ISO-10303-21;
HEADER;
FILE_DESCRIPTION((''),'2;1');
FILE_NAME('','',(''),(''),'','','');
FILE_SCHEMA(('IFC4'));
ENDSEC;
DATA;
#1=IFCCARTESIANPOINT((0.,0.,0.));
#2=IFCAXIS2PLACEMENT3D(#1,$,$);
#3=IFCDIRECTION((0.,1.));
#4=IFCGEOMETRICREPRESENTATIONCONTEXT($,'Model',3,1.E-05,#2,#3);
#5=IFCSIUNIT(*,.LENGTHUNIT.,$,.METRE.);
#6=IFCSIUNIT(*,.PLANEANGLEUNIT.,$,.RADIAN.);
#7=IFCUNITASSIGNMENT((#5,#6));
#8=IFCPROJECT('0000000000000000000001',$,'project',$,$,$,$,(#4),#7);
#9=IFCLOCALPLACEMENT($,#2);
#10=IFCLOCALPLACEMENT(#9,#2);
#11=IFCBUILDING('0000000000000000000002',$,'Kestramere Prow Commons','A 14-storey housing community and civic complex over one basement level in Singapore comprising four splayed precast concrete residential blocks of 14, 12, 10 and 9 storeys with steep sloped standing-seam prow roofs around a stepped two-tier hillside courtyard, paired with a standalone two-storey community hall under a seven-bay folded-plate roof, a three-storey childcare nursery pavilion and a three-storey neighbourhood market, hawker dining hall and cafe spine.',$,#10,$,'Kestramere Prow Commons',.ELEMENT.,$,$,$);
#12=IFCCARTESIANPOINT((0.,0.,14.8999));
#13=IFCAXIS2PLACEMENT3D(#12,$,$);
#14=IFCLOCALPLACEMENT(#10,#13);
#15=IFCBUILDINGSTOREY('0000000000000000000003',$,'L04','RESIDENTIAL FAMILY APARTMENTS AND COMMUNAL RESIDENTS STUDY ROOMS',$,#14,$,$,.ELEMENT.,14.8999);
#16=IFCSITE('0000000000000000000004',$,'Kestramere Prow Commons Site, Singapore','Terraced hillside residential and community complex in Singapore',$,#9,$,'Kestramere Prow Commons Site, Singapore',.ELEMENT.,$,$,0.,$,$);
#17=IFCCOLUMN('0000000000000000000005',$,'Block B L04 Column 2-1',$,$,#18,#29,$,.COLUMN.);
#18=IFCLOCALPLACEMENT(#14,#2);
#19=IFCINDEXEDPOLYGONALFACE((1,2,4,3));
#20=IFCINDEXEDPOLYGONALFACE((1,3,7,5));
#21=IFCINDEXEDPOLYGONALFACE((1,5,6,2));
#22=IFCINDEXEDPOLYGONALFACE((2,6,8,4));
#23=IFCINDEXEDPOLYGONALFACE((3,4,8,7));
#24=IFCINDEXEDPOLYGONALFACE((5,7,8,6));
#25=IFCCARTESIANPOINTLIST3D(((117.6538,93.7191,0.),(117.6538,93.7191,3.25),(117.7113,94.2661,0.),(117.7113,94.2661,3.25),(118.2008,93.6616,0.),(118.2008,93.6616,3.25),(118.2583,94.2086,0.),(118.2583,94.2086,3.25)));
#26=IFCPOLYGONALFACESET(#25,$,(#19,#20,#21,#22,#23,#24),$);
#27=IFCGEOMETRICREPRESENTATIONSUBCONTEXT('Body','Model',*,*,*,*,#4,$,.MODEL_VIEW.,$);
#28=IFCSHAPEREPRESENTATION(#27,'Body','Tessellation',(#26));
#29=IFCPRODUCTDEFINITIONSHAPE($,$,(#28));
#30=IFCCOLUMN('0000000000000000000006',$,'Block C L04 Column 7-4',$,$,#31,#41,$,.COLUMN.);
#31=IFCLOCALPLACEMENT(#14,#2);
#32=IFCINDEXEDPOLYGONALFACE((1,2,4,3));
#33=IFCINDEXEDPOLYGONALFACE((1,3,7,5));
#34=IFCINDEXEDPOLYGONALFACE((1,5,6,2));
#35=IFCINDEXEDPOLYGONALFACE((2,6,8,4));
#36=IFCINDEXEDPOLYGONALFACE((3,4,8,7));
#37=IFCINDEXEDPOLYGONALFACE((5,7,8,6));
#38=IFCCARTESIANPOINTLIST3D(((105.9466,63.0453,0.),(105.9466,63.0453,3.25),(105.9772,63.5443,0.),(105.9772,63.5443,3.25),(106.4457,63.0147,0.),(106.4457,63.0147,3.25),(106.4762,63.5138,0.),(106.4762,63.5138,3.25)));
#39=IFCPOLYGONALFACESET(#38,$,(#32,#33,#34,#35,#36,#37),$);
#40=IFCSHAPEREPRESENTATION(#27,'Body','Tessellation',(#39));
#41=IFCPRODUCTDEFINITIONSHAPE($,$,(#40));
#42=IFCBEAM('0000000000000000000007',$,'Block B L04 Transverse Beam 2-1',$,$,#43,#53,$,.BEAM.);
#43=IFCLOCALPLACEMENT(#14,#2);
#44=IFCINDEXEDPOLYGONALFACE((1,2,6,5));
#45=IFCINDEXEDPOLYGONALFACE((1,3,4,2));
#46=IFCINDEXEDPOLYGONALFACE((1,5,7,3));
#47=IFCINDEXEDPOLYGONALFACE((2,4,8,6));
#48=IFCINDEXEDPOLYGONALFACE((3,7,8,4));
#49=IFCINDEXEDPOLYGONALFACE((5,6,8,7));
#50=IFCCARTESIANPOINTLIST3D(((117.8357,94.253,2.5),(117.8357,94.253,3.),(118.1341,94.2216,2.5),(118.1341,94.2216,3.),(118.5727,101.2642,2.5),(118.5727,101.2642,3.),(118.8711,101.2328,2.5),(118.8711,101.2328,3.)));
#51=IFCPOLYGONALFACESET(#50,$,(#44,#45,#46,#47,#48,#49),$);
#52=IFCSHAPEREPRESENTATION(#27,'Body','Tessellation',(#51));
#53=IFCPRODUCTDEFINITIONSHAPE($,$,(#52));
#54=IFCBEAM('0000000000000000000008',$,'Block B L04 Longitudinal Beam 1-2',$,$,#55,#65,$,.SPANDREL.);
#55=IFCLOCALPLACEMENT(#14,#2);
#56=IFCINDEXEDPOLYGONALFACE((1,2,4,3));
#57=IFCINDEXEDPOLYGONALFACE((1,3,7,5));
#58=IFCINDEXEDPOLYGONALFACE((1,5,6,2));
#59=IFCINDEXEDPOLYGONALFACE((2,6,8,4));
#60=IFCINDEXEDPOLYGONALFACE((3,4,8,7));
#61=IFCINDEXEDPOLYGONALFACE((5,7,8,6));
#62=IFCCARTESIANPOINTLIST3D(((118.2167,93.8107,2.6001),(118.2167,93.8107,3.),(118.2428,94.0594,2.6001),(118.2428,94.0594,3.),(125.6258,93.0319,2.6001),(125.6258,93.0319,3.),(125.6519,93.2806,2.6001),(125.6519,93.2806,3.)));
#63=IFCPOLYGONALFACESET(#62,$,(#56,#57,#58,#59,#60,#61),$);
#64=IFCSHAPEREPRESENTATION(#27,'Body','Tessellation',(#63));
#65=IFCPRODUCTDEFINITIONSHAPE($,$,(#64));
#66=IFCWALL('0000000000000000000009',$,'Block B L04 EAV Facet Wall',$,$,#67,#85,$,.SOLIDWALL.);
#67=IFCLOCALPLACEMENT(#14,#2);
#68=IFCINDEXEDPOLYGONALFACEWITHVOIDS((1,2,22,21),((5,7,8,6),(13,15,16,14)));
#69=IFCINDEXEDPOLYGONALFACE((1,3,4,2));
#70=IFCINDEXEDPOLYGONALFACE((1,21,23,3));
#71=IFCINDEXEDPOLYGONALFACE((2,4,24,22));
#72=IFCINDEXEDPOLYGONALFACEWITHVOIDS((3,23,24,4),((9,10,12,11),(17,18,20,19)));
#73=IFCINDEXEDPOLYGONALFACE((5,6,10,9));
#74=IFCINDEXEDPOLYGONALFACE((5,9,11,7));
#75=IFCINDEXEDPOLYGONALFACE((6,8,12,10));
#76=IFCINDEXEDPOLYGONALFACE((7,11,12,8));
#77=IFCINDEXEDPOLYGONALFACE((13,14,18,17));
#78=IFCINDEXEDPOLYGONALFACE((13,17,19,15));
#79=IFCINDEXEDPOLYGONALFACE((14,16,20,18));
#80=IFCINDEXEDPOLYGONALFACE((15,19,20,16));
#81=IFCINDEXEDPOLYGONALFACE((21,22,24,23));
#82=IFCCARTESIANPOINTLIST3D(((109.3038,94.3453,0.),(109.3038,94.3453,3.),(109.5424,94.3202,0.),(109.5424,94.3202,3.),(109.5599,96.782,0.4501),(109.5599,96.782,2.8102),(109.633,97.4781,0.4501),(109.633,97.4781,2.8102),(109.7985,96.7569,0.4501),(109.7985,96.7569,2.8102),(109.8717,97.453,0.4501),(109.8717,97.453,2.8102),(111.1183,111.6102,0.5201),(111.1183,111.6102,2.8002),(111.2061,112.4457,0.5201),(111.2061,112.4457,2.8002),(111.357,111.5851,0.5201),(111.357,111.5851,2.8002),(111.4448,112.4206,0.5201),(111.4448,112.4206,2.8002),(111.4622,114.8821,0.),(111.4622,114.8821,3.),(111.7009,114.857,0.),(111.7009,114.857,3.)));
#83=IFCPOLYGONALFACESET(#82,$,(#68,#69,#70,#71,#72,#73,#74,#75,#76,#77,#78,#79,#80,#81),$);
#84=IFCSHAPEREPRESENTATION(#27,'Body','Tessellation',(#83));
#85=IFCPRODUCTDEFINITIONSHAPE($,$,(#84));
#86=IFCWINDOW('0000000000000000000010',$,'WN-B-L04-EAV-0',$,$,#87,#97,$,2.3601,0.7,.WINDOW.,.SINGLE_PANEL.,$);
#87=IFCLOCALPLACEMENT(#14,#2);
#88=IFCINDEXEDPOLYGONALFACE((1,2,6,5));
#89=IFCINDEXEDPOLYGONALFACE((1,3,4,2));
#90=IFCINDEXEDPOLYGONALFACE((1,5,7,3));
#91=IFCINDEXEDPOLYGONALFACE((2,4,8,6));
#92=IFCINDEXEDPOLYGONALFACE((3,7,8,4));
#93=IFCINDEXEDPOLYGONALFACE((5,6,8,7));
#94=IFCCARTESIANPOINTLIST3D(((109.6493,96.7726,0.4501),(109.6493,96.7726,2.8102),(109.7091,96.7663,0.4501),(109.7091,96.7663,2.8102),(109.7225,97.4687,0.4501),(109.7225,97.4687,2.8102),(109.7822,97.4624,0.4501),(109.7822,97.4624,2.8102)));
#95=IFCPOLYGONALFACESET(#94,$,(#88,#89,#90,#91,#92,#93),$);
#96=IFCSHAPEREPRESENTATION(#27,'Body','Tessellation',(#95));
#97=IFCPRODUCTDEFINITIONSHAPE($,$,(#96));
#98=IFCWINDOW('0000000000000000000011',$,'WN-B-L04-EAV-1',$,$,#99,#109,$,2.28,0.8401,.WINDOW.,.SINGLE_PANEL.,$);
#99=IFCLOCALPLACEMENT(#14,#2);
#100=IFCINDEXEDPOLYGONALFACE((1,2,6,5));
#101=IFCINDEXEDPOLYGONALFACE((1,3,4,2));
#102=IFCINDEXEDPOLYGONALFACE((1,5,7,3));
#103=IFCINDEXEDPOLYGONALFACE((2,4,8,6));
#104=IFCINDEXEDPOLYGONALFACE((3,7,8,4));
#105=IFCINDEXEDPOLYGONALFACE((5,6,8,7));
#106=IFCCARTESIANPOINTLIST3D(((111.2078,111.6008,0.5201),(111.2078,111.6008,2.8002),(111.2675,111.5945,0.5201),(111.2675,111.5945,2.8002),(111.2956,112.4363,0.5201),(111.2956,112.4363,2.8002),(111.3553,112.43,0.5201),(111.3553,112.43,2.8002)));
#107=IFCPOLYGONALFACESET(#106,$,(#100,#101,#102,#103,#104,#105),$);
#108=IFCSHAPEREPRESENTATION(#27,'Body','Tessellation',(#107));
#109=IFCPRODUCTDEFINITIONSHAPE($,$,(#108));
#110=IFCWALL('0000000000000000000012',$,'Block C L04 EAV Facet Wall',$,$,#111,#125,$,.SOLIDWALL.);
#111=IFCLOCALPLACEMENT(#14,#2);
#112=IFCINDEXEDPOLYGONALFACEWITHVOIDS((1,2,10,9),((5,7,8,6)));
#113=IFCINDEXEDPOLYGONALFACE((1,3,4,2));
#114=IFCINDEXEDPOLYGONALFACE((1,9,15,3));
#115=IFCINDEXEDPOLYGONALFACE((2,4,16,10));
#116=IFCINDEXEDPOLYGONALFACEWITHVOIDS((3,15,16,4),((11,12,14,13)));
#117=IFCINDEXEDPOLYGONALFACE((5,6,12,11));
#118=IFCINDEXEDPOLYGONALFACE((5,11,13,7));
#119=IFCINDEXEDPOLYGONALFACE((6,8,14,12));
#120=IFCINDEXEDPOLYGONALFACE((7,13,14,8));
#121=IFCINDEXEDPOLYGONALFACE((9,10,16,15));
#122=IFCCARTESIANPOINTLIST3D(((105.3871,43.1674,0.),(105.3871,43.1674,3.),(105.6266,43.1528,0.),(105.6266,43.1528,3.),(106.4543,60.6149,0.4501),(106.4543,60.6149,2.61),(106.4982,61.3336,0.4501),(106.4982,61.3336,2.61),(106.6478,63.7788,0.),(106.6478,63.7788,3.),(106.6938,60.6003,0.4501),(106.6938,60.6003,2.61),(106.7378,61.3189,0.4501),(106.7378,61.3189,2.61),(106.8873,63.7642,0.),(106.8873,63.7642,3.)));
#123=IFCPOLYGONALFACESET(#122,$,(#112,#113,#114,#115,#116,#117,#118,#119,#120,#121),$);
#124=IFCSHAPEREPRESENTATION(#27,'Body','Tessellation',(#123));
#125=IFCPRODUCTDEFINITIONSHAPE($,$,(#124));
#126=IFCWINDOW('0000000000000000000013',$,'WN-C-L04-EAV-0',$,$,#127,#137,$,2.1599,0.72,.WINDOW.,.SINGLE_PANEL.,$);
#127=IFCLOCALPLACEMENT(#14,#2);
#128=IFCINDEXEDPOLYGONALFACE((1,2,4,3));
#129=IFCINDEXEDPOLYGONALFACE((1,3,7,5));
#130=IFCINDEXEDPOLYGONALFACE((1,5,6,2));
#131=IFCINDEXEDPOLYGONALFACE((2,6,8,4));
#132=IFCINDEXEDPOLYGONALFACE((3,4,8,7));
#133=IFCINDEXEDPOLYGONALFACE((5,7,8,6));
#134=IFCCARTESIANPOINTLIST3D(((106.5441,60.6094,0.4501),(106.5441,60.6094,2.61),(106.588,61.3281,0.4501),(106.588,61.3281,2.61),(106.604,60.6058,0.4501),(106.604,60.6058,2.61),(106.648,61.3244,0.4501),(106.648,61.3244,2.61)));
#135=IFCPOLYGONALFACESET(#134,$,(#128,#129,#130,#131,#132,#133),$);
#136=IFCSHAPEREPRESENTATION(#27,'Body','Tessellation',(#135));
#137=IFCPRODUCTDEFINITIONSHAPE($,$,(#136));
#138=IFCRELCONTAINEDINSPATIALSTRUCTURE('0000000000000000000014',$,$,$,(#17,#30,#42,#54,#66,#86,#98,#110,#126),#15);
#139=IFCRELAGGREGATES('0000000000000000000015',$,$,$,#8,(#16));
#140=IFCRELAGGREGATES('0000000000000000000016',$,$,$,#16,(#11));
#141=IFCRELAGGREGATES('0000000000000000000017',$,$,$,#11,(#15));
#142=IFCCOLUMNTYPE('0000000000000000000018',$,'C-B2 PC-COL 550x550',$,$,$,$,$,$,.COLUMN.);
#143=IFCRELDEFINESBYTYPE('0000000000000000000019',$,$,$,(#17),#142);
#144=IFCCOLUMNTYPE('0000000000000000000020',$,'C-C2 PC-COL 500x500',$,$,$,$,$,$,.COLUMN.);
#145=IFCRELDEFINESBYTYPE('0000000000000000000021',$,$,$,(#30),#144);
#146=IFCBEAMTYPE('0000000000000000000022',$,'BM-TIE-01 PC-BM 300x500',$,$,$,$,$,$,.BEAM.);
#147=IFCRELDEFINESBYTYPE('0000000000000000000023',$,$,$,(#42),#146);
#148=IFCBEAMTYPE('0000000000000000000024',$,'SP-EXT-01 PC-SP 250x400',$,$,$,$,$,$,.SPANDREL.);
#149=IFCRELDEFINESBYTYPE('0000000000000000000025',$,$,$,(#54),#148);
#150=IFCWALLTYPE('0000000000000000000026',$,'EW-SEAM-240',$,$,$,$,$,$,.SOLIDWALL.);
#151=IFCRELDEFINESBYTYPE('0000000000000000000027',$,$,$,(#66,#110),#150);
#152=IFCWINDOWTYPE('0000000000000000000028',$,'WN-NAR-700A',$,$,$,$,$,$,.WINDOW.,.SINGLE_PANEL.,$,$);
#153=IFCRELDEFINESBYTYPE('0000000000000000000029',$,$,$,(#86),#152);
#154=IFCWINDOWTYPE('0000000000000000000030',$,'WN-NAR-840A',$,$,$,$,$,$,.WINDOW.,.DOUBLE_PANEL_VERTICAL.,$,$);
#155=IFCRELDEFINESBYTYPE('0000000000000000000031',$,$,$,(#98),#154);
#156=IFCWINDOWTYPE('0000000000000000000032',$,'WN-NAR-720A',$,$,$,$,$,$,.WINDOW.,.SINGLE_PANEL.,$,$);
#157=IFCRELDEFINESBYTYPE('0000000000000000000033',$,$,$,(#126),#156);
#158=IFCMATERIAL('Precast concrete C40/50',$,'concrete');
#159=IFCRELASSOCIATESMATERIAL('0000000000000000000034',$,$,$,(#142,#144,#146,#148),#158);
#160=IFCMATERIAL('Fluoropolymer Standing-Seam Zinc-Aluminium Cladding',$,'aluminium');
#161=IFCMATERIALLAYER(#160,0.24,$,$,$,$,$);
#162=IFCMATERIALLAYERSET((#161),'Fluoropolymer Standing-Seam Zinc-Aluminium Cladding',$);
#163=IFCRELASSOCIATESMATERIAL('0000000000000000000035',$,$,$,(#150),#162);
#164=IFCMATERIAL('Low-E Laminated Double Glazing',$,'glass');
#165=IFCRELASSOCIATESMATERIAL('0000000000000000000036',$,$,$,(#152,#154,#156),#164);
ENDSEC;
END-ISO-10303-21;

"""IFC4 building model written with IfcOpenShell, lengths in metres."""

from ifc_helpers import new_model, si_unit, direction, frame, frame_2d, origin, origin_2d, place, context, subcontext, project, spatial, rectangle, extrude, material, layer, layer_set, material_profile, profile_set, type_object, element, fill, save


model = new_model("IFC4")

# Units and contexts
model_context = context("Model", 3, precision=1e-05, world=origin(), true_north=direction((0.0, 1.0)))
body_context = subcontext(model_context, "Body", "Model", "MODEL_VIEW")
ifc_project = project(units=[si_unit("LENGTHUNIT", "METRE"), si_unit("PLANEANGLEUNIT", "RADIAN")], contexts=[model_context])

# Site, building, storey
site_placement = place(None, origin())
site = spatial("IfcSite", under=ifc_project, at=site_placement, Name="Kestramere Prow Commons Site, Singapore", Description="Terraced hillside residential and community complex in Singapore", LongName="Kestramere Prow Commons Site, Singapore", CompositionType="ELEMENT", RefElevation=0.0)
building_placement = place(site_placement, origin())
building = spatial("IfcBuilding", under=site, at=building_placement, Name="Kestramere Prow Commons", Description="A 14-storey housing community and civic complex over one basement level in Singapore comprising four splayed precast concrete residential blocks of 14, 12, 10 and 9 storeys with steep sloped standing-seam prow roofs around a stepped two-tier hillside courtyard, paired with a standalone two-storey community hall under a seven-bay folded-plate roof, a three-storey childcare nursery pavilion and a three-storey neighbourhood market, hawker dining hall and cafe spine.", LongName="Kestramere Prow Commons", CompositionType="ELEMENT")
storey_placement = place(building_placement, frame((0.0, 0.0, 14.8999)))
storey = spatial("IfcBuildingStorey", under=building, at=storey_placement, Name="L04", Description="RESIDENTIAL FAMILY APARTMENTS AND COMMUNAL RESIDENTS STUDY ROOMS", CompositionType="ELEMENT", Elevation=14.8999)

# Columns
ifc_material_1 = material(Name="Precast concrete C40/50", Category="concrete")
ifc_material_profile_1 = material_profile(ifc_material_1, rectangle(XDim=0.55, YDim=0.55, at=origin_2d()), Name="PC-COL 550x550")
ifc_profile_set_1 = profile_set([ifc_material_profile_1], Name="Precast concrete C40/50")
column_type_1 = type_object("IfcColumnType", Name="C-B2 PC-COL 550x550", PredefinedType="COLUMN", material=ifc_profile_set_1)
column_1_placement = place(storey_placement, frame((117.9561, 93.9639, 0.0), z_axis=(0.0, 0.0, 1.0), x_axis=(0.994522, -0.104528, 0.0)))
element("IfcColumn", 1, at=column_1_placement, inside=storey, type_object=column_type_1, Name="Block B L04 Column 2-1", PredefinedType="COLUMN", context=body_context, shape_type="SweptSolid", body=[
    extrude(rectangle(XDim=0.55, YDim=0.55, at=origin_2d()), origin(), (0.0, 0.0, 1.0), 3.25),
])
ifc_material_profile_2 = material_profile(ifc_material_1, rectangle(XDim=0.5, YDim=0.5, at=origin_2d()), Name="PC-COL 500x500")
ifc_profile_set_2 = profile_set([ifc_material_profile_2], Name="Precast concrete C40/50")
column_type_2 = type_object("IfcColumnType", Name="C-C2 PC-COL 500x500", PredefinedType="COLUMN", material=ifc_profile_set_2)
column_2_placement = place(storey_placement, frame((106.2114, 63.2795, 0.0), z_axis=(0.0, 0.0, 1.0), x_axis=(0.998135, -0.061049, 0.0)))
element("IfcColumn", 2, at=column_2_placement, inside=storey, type_object=column_type_2, Name="Block C L04 Column 7-4", PredefinedType="COLUMN", context=body_context, shape_type="SweptSolid", body=[
    extrude(rectangle(XDim=0.5, YDim=0.5, at=origin_2d()), origin(), (0.0, 0.0, 1.0), 3.25),
])

# Beams
ifc_material_profile_3 = material_profile(ifc_material_1, rectangle(XDim=0.3, YDim=0.5, at=origin_2d()), Name="PC-BM 300x500")
ifc_profile_set_3 = profile_set([ifc_material_profile_3], Name="Precast concrete C40/50")
beam_type_1 = type_object("IfcBeamType", Name="BM-TIE-01 PC-BM 300x500", PredefinedType="BEAM", material=ifc_profile_set_3)
beam_1_placement = place(storey_placement, frame((117.9849, 94.2373, 2.75), z_axis=(0.10455, 0.99452, 0.0), x_axis=(-0.99452, 0.10455, 0.0)))
element("IfcBeam", 3, at=beam_1_placement, inside=storey, type_object=beam_type_1, Name="Block B L04 Transverse Beam 2-1", PredefinedType="BEAM", context=body_context, shape_type="SweptSolid", body=[
    extrude(rectangle(XDim=0.3, YDim=0.5, at=origin_2d()), origin(), (0.0, 0.0, 1.0), 7.0498),
])
ifc_material_profile_4 = material_profile(ifc_material_1, rectangle(XDim=0.25, YDim=0.3999, at=origin_2d()), Name="PC-SP 250x400")
ifc_profile_set_4 = profile_set([ifc_material_profile_4], Name="Precast concrete C40/50")
beam_type_2 = type_object("IfcBeamType", Name="SP-EXT-01 PC-SP 250x400", PredefinedType="SPANDREL", material=ifc_profile_set_4)
beam_2_placement = place(storey_placement, frame((118.2297, 93.9351, 2.8), z_axis=(0.994521, -0.104538, 0.0), x_axis=(0.104538, 0.994521, 0.0)))
element("IfcBeam", 4, at=beam_2_placement, inside=storey, type_object=beam_type_2, Name="Block B L04 Longitudinal Beam 1-2", PredefinedType="SPANDREL", context=body_context, shape_type="SweptSolid", body=[
    extrude(rectangle(XDim=0.25, YDim=0.3999, at=origin_2d()), origin(), (0.0, 0.0, 1.0), 7.45),
])

# Shared definitions
ifc_material_2 = material(Name="Fluoropolymer Standing-Seam Zinc-Aluminium Cladding", Category="aluminium")
ifc_layer_1 = layer(ifc_material_2, 0.24)
ifc_layer_set_1 = layer_set([ifc_layer_1], Name="Fluoropolymer Standing-Seam Zinc-Aluminium Cladding")
wall_type_1 = type_object("IfcWallType", Name="EW-SEAM-240", PredefinedType="SOLIDWALL", material=ifc_layer_set_1)
ifc_material_3 = material(Name="Low-E Laminated Double Glazing", Category="glass")

# Wall, openings, windows
wall_1_placement = place(storey_placement, frame((109.4231, 94.3328, 0.0), z_axis=(0.0, 0.0, 1.0), x_axis=(0.104525, 0.994522, 0.0)))
wall_1 = element("IfcWall", 5, at=wall_1_placement, inside=storey, type_object=wall_type_1, Name="Block B L04 EAV Facet Wall", PredefinedType="SOLIDWALL", context=body_context, shape_type="SweptSolid", body=[
    extrude(rectangle(XDim=20.6499, YDim=0.24, at=frame_2d((10.325, 0.0))), origin(), (0.0, 0.0, 1.0), 3.0),
])
opening_1_placement = place(wall_1_placement, frame((2.45, 0.0, 0.45)))
opening_1 = element("IfcOpeningElement", 6, at=opening_1_placement, cuts=wall_1, PredefinedType="OPENING", context=body_context, shape_type="SweptSolid", body=[
    extrude(rectangle(XDim=0.7, YDim=2.3601, at=frame_2d((0.3501, 1.1802))), frame((0.0, 0.135, 0.0), z_axis=(0.0, -1.0, 0.0), x_axis=(1.0, 0.0, 0.0)), (0.0, 0.0, 1.0), 0.27),
])
opening_2_placement = place(wall_1_placement, frame((17.3601, 0.0, 0.52)))
opening_2 = element("IfcOpeningElement", 7, at=opening_2_placement, cuts=wall_1, PredefinedType="OPENING", context=body_context, shape_type="SweptSolid", body=[
    extrude(rectangle(XDim=0.8401, YDim=2.28, at=frame_2d((0.4199, 1.1401))), frame((0.0, 0.135, 0.0), z_axis=(0.0, -1.0, 0.0), x_axis=(1.0, 0.0, 0.0)), (0.0, 0.0, 1.0), 0.27),
])
window_type_1 = type_object("IfcWindowType", Name="WN-NAR-700A", PartitioningType="SINGLE_PANEL", PredefinedType="WINDOW", material=ifc_material_3)
window_1_placement = place(opening_1_placement, origin())
window_1 = element("IfcWindow", 8, at=window_1_placement, inside=storey, type_object=window_type_1, Name="WN-B-L04-EAV-0", OverallHeight=2.3601, OverallWidth=0.7, PartitioningType="SINGLE_PANEL", PredefinedType="WINDOW", context=body_context, shape_type="SweptSolid", body=[
    extrude(rectangle(XDim=0.7, YDim=2.3601, at=frame_2d((0.3501, 1.1802))), frame((0.0, 0.03, 0.0), z_axis=(0.0, -1.0, 0.0), x_axis=(1.0, 0.0, 0.0)), (0.0, 0.0, 1.0), 0.0601),
])
fill(opening_1, window_1)
window_type_2 = type_object("IfcWindowType", Name="WN-NAR-840A", PartitioningType="DOUBLE_PANEL_VERTICAL", PredefinedType="WINDOW", material=ifc_material_3)
window_2_placement = place(opening_2_placement, origin())
window_2 = element("IfcWindow", 9, at=window_2_placement, inside=storey, type_object=window_type_2, Name="WN-B-L04-EAV-1", OverallHeight=2.28, OverallWidth=0.8401, PartitioningType="SINGLE_PANEL", PredefinedType="WINDOW", context=body_context, shape_type="SweptSolid", body=[
    extrude(rectangle(XDim=0.8401, YDim=2.28, at=frame_2d((0.4199, 1.1401))), frame((0.0, 0.03, 0.0), z_axis=(0.0, -1.0, 0.0), x_axis=(1.0, 0.0, 0.0)), (0.0, 0.0, 1.0), 0.0601),
])
fill(opening_2, window_2)

# Wall, opening, window
wall_2_placement = place(storey_placement, frame((106.7676, 63.7715, 0.0), z_axis=(0.0, 0.0, 1.0), x_axis=(-0.061053, -0.998135, 0.0)))
wall_2 = element("IfcWall", 10, at=wall_2_placement, inside=storey, type_object=wall_type_1, Name="Block C L04 EAV Facet Wall", PredefinedType="SOLIDWALL", context=body_context, shape_type="SweptSolid", body=[
    extrude(rectangle(XDim=20.6499, YDim=0.24, at=frame_2d((10.325, 0.0))), origin(), (0.0, 0.0, 1.0), 3.0),
])
opening_3_placement = place(wall_2_placement, frame((2.45, 0.0, 0.45)))
opening_3 = element("IfcOpeningElement", 11, at=opening_3_placement, cuts=wall_2, PredefinedType="OPENING", context=body_context, shape_type="SweptSolid", body=[
    extrude(rectangle(XDim=0.72, YDim=2.1599, at=frame_2d((0.3599, 1.0801))), frame((0.0, 0.135, 0.0), z_axis=(0.0, -1.0, 0.0), x_axis=(1.0, 0.0, 0.0)), (0.0, 0.0, 1.0), 0.27),
])
window_type_3 = type_object("IfcWindowType", Name="WN-NAR-720A", PartitioningType="SINGLE_PANEL", PredefinedType="WINDOW", material=ifc_material_3)
window_3_placement = place(opening_3_placement, origin())
window_3 = element("IfcWindow", 12, at=window_3_placement, inside=storey, type_object=window_type_3, Name="WN-C-L04-EAV-0", OverallHeight=2.1599, OverallWidth=0.72, PartitioningType="SINGLE_PANEL", PredefinedType="WINDOW", context=body_context, shape_type="SweptSolid", body=[
    extrude(rectangle(XDim=0.72, YDim=2.1599, at=frame_2d((0.3599, 1.0801))), frame((0.0, 0.03, 0.0), z_axis=(0.0, -1.0, 0.0), x_axis=(1.0, 0.0, 0.0)), (0.0, 0.0, 1.0), 0.0601),
])
fill(opening_3, window_3)

save(model, "model.ifc")
